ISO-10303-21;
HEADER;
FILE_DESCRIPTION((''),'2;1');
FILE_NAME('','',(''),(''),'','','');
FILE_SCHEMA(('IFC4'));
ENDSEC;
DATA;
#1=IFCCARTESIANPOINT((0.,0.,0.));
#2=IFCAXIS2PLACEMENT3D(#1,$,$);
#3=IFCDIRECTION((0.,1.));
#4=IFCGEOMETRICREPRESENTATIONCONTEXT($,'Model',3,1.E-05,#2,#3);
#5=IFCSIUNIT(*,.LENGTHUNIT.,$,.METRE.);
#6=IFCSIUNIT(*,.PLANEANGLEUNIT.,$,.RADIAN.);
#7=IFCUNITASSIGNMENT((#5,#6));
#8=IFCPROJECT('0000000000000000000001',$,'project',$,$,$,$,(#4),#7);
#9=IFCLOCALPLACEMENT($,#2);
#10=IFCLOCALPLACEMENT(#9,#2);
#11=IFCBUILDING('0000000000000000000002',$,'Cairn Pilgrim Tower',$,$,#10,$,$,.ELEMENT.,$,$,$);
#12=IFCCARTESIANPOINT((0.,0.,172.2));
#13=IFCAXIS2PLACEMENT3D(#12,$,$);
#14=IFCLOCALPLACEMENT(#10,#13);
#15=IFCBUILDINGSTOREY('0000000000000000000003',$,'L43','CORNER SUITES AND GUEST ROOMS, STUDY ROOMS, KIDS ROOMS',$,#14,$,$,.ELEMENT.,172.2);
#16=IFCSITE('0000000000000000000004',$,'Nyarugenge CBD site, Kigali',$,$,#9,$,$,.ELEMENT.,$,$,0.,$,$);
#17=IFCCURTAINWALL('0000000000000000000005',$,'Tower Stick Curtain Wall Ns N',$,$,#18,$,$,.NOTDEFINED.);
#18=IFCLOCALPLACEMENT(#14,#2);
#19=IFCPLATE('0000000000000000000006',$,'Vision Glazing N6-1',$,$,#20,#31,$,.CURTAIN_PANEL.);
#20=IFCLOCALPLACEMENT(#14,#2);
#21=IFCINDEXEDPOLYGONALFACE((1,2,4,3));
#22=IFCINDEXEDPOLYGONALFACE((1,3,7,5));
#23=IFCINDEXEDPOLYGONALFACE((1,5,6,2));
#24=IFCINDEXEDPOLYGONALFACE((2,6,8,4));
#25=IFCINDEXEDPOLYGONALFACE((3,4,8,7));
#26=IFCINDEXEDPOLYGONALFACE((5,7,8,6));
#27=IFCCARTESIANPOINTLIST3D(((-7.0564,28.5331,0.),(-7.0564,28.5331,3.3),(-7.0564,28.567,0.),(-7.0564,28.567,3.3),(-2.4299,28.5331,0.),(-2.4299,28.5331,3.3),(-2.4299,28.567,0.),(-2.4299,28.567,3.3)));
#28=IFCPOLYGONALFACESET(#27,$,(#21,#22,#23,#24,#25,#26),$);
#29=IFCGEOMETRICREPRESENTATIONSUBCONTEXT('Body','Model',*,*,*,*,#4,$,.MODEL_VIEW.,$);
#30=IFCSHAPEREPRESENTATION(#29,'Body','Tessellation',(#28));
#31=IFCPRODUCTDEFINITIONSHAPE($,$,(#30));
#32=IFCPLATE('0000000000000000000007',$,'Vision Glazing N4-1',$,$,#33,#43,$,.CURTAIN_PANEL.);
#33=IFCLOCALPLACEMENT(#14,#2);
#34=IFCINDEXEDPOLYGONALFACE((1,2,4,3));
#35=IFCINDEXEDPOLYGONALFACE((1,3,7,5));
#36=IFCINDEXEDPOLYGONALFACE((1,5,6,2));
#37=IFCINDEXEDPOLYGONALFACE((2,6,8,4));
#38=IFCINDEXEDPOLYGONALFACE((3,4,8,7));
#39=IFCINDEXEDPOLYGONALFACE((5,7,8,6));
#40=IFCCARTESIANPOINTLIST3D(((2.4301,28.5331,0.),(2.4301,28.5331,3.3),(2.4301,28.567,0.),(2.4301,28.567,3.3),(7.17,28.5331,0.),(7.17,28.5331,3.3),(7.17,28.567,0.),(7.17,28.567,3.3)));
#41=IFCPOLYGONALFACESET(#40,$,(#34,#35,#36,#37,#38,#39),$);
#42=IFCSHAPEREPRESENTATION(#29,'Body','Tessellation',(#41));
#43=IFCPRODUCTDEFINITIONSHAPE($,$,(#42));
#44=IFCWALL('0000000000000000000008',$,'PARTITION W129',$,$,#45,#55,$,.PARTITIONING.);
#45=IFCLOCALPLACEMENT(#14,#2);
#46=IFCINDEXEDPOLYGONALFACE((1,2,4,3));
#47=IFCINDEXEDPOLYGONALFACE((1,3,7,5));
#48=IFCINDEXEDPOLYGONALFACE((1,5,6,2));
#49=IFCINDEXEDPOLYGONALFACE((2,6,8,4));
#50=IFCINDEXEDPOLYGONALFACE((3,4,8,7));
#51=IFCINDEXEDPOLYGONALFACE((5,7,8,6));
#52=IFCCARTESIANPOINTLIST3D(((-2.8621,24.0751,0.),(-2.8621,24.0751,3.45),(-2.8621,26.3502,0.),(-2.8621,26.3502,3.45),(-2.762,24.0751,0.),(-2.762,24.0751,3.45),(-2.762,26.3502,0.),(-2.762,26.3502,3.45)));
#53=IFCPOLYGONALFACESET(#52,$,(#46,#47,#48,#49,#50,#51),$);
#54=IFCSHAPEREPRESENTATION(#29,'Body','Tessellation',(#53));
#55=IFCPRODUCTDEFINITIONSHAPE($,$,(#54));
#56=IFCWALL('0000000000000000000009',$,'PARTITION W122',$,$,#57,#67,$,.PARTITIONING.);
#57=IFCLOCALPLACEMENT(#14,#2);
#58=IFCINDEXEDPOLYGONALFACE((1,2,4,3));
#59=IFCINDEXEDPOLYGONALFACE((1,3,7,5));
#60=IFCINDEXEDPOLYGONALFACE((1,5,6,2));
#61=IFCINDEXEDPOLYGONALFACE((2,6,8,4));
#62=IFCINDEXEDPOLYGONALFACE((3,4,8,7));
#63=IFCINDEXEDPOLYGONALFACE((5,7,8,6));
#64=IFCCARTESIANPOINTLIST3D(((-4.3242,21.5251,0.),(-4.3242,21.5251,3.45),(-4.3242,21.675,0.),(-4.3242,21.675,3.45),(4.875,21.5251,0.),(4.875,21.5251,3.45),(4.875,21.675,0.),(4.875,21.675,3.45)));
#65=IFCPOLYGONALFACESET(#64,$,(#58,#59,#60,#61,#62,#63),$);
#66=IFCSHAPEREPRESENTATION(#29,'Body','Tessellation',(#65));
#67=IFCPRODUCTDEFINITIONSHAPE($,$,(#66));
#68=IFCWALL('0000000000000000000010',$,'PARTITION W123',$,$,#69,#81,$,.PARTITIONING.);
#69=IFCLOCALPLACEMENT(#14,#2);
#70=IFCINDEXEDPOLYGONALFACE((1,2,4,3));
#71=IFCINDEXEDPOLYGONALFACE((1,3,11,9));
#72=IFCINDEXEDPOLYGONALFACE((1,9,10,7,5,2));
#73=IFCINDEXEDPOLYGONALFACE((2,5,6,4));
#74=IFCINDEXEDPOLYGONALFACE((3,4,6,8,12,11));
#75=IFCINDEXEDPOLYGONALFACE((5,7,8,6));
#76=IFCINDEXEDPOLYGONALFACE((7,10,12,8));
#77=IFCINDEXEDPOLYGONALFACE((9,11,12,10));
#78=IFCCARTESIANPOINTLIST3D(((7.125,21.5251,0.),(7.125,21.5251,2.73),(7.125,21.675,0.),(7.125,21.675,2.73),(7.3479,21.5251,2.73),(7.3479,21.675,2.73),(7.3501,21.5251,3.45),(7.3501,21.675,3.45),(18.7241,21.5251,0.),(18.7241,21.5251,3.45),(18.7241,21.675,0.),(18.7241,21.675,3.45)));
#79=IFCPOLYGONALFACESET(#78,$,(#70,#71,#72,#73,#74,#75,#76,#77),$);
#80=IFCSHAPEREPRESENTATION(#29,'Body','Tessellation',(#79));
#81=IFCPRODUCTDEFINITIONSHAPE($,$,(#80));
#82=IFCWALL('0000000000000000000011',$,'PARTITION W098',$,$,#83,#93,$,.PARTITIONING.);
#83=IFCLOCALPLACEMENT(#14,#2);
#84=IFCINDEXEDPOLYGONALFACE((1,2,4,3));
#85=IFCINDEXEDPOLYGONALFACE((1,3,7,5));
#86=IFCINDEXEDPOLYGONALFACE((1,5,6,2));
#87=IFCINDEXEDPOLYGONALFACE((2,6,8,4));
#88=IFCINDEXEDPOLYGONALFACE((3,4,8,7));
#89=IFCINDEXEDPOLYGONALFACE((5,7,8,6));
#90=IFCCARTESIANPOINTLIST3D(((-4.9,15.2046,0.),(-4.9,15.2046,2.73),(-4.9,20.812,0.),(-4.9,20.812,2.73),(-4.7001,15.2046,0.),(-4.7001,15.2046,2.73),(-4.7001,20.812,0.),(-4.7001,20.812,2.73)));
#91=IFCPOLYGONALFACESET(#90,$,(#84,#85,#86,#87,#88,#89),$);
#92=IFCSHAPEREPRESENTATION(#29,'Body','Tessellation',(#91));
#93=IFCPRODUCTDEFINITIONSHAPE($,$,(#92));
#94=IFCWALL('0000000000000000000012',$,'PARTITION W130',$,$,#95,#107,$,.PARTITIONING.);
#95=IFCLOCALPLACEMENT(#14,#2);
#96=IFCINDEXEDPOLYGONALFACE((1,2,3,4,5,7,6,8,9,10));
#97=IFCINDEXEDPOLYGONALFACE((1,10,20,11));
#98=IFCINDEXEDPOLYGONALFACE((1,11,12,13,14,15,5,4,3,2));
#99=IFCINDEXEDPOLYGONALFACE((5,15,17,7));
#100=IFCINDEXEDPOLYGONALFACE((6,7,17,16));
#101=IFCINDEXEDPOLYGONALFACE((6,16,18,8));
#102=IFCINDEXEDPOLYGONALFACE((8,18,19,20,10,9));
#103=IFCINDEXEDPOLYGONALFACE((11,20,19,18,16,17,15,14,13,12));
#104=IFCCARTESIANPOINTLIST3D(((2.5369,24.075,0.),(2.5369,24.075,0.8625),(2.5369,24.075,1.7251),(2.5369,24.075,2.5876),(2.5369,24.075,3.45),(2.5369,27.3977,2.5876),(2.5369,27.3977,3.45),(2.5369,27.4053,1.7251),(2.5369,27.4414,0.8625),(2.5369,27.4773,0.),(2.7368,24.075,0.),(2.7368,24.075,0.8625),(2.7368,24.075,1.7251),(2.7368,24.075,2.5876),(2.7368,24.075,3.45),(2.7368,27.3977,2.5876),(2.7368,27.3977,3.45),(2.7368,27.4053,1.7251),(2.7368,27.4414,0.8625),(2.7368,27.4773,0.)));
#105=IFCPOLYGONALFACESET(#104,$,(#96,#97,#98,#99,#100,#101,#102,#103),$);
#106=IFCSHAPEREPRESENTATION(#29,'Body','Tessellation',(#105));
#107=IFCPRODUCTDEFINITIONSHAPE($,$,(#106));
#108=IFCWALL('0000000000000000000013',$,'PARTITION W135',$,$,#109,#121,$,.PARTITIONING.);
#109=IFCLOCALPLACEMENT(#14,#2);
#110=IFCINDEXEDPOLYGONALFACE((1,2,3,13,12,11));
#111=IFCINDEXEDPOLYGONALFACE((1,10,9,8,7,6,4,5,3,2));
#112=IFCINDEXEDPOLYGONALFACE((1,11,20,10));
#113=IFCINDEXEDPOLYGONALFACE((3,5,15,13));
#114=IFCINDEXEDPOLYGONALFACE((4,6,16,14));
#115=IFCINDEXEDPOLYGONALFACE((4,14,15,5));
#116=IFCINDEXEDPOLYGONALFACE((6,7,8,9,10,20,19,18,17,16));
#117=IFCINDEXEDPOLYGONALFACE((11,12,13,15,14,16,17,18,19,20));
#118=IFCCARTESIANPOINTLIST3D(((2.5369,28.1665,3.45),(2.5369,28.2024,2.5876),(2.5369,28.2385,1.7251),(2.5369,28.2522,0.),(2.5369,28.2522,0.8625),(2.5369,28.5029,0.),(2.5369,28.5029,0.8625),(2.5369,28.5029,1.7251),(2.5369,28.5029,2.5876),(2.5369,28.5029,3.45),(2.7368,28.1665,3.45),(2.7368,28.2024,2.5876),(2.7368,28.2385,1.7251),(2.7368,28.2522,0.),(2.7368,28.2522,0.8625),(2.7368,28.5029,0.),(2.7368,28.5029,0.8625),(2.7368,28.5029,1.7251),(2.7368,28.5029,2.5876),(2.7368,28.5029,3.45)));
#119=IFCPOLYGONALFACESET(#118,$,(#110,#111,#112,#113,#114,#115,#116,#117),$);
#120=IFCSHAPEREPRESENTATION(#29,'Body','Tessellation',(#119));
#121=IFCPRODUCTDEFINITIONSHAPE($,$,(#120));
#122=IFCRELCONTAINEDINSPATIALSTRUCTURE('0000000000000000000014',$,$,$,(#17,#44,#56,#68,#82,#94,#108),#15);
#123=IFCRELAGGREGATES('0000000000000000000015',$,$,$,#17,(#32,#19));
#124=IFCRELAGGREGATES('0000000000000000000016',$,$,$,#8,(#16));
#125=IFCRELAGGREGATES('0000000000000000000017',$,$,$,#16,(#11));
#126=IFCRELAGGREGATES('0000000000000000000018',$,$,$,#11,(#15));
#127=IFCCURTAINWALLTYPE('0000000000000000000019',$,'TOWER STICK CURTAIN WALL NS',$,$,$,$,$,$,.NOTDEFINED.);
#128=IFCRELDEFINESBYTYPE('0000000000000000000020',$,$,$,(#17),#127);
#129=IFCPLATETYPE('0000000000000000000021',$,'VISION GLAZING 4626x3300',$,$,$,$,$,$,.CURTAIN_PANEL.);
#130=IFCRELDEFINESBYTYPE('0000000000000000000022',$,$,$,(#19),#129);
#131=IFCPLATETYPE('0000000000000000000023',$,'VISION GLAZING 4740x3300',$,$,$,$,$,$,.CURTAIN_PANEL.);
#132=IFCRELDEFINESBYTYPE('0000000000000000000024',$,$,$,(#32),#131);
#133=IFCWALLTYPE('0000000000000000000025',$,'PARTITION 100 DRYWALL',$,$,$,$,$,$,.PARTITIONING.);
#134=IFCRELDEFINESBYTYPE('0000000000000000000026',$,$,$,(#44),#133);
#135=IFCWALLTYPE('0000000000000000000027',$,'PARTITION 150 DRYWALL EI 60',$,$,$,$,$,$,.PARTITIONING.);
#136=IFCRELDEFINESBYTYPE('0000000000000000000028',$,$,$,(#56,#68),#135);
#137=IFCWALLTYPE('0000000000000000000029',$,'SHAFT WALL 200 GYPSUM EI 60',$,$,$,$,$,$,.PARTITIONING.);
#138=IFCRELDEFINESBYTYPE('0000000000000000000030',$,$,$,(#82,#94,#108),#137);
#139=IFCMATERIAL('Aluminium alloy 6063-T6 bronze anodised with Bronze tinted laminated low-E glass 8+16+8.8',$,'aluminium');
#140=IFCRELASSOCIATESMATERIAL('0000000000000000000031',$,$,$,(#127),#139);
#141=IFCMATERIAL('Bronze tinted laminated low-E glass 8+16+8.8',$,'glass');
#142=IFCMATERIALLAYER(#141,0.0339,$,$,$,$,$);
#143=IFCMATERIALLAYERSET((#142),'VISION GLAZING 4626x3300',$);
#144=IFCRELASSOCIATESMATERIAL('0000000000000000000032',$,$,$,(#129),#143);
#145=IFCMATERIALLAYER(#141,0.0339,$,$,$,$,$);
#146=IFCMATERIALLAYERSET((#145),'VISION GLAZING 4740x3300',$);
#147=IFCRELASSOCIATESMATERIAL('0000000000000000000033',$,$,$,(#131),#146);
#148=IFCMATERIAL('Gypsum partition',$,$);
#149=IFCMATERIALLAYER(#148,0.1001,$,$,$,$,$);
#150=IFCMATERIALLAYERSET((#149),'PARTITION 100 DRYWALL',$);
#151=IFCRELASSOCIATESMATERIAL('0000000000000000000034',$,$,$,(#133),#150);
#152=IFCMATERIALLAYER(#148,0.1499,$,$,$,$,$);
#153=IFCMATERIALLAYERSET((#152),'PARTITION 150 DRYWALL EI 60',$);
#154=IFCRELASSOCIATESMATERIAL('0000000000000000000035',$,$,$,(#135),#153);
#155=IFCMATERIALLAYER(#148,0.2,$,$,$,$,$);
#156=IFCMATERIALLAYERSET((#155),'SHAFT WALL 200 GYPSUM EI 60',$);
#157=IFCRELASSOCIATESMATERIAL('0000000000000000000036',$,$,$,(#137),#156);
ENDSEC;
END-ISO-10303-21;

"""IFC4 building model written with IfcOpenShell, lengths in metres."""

from ifc_helpers import new_model, si_unit, direction, frame, frame_2d, origin, origin_2d, place, context, subcontext, project, spatial, polyline, rectangle, outline, extrude, material, layer, layer_set, type_object, element, aggregate, save


model = new_model("IFC4")

# Units and contexts
model_context = context("Model", 3, precision=1e-05, world=origin(), true_north=direction((0.0, 1.0)))
body_context = subcontext(model_context, "Body", "Model", "MODEL_VIEW")
ifc_project = project(units=[si_unit("LENGTHUNIT", "METRE"), si_unit("PLANEANGLEUNIT", "RADIAN")], contexts=[model_context])

# Site, building, storey
site_placement = place(None, origin())
site = spatial("IfcSite", under=ifc_project, at=site_placement, Name="Nyarugenge CBD site, Kigali", CompositionType="ELEMENT", RefElevation=0.0)
building_placement = place(site_placement, origin())
building = spatial("IfcBuilding", under=site, at=building_placement, Name="Cairn Pilgrim Tower", CompositionType="ELEMENT")
storey_placement = place(building_placement, frame((0.0, 0.0, 172.2)))
storey = spatial("IfcBuildingStorey", under=building, at=storey_placement, Name="L43", Description="CORNER SUITES AND GUEST ROOMS, STUDY ROOMS, KIDS ROOMS", CompositionType="ELEMENT", Elevation=172.2)

# Curtain wall
ifc_material_1 = material(Name="Aluminium alloy 6063-T6 bronze anodised with Bronze tinted laminated low-E glass 8+16+8.8", Category="aluminium")
curtain_wall_type = type_object("IfcCurtainWallType", Name="TOWER STICK CURTAIN WALL NS", PredefinedType="NOTDEFINED", material=ifc_material_1)
curtain_wall_placement = place(storey_placement, origin())
curtain_wall = element("IfcCurtainWall", 1, at=curtain_wall_placement, inside=storey, type_object=curtain_wall_type, Name="Tower Stick Curtain Wall Ns N", PredefinedType="NOTDEFINED")

# Plates
ifc_material_2 = material(Name="Bronze tinted laminated low-E glass 8+16+8.8", Category="glass")
ifc_layer_1 = layer(ifc_material_2, 0.0339)
ifc_layer_set_1 = layer_set([ifc_layer_1], Name="VISION GLAZING 4626x3300")
plate_type_1 = type_object("IfcPlateType", Name="VISION GLAZING 4626x3300", PredefinedType="CURTAIN_PANEL", material=ifc_layer_set_1)
plate_1_placement = place(storey_placement, frame((-4.7432, 28.55, 0.0), z_axis=(0.0, 0.0, 1.0), x_axis=(-1.0, 0.0, 0.0)))
plate_1 = element("IfcPlate", 2, at=plate_1_placement, type_object=plate_type_1, Name="Vision Glazing N6-1", PredefinedType="CURTAIN_PANEL", context=body_context, shape_type="SweptSolid", body=[
    extrude(rectangle(XDim=4.6265, YDim=0.0339, at=origin_2d()), origin(), (0.0, 0.0, 1.0), 3.3),
])
ifc_layer_2 = layer(ifc_material_2, 0.0339)
ifc_layer_set_2 = layer_set([ifc_layer_2], Name="VISION GLAZING 4740x3300")
plate_type_2 = type_object("IfcPlateType", Name="VISION GLAZING 4740x3300", PredefinedType="CURTAIN_PANEL", material=ifc_layer_set_2)
plate_2_placement = place(storey_placement, frame((4.8, 28.55, 0.0), z_axis=(0.0, 0.0, 1.0), x_axis=(-1.0, 0.0, 0.0)))
plate_2 = element("IfcPlate", 3, at=plate_2_placement, type_object=plate_type_2, Name="Vision Glazing N4-1", PredefinedType="CURTAIN_PANEL", context=body_context, shape_type="SweptSolid", body=[
    extrude(rectangle(XDim=4.74, YDim=0.0339, at=origin_2d()), origin(), (0.0, 0.0, 1.0), 3.3),
])
aggregate(curtain_wall, [plate_2, plate_1])

# Walls
ifc_material_3 = material(Name="Gypsum partition")
ifc_layer_3 = layer(ifc_material_3, 0.1001)
ifc_layer_set_3 = layer_set([ifc_layer_3], Name="PARTITION 100 DRYWALL")
wall_type_1 = type_object("IfcWallType", Name="PARTITION 100 DRYWALL", PredefinedType="PARTITIONING", material=ifc_layer_set_3)
wall_1_placement = place(storey_placement, frame((-2.812, 24.075, 0.0), z_axis=(0.0, 0.0, 1.0), x_axis=(0.0, 1.0, 0.0)))
element("IfcWall", 4, at=wall_1_placement, inside=storey, type_object=wall_type_1, Name="PARTITION W129", PredefinedType="PARTITIONING", context=body_context, shape_type="SweptSolid", body=[
    extrude(rectangle(XDim=2.2751, YDim=0.1001, at=frame_2d((1.1377, 0.0))), origin(), (0.0, 0.0, 1.0), 3.45),
])
ifc_layer_4 = layer(ifc_material_3, 0.1499)
ifc_layer_set_4 = layer_set([ifc_layer_4], Name="PARTITION 150 DRYWALL EI 60")
wall_type_2 = type_object("IfcWallType", Name="PARTITION 150 DRYWALL EI 60", PredefinedType="PARTITIONING", material=ifc_layer_set_4)
wall_2_placement = place(storey_placement, frame((-4.3242, 21.6001, 0.0), z_axis=(0.0, 0.0, 1.0), x_axis=(1.0, 0.0, 0.0)))
element("IfcWall", 5, at=wall_2_placement, inside=storey, type_object=wall_type_2, Name="PARTITION W122", PredefinedType="PARTITIONING", context=body_context, shape_type="SweptSolid", body=[
    extrude(rectangle(XDim=9.1992, YDim=0.1499, at=frame_2d((4.5996, 0.0))), origin(), (0.0, 0.0, 1.0), 3.45),
])
wall_3_placement = place(storey_placement, frame((7.125, 21.6001, 0.0), z_axis=(0.0, 0.0, 1.0), x_axis=(1.0, 0.0, 0.0)))
element("IfcWall", 6, at=wall_3_placement, inside=storey, type_object=wall_type_2, Name="PARTITION W123", PredefinedType="PARTITIONING", context=body_context, shape_type="SweptSolid", body=[
    extrude(outline(polyline([(0.0, 0.0), (11.5991, 0.0), (11.5991, 3.45), (0.2251, 3.45), (0.2229, 2.73), (0.0, 2.73), (0.0, 0.0)])), frame((0.0, 0.075, 0.0), z_axis=(0.0, -1.0, 0.0), x_axis=(1.0, 0.0, 0.0)), (0.0, 0.0, 1.0), 0.1499),
])
ifc_layer_5 = layer(ifc_material_3, 0.2)
ifc_layer_set_5 = layer_set([ifc_layer_5], Name="SHAFT WALL 200 GYPSUM EI 60")
wall_type_3 = type_object("IfcWallType", Name="SHAFT WALL 200 GYPSUM EI 60", PredefinedType="PARTITIONING", material=ifc_layer_set_5)
wall_4_placement = place(storey_placement, frame((-4.8, 15.2046, 0.0), z_axis=(0.0, 0.0, 1.0), x_axis=(0.0, 1.0, 0.0)))
element("IfcWall", 7, at=wall_4_placement, inside=storey, type_object=wall_type_3, Name="PARTITION W098", PredefinedType="PARTITIONING", context=body_context, shape_type="SweptSolid", body=[
    extrude(rectangle(XDim=5.6074, YDim=0.2, at=frame_2d((2.8037, 0.0))), origin(), (0.0, 0.0, 1.0), 2.73),
])
wall_5_placement = place(storey_placement, frame((2.637, 24.075, 0.0), z_axis=(0.0, 0.0, 1.0), x_axis=(0.0, 1.0, 0.0)))
element("IfcWall", 8, at=wall_5_placement, inside=storey, type_object=wall_type_3, Name="PARTITION W130", PredefinedType="PARTITIONING", context=body_context, shape_type="SweptSolid", body=[
    extrude(outline(polyline([(0.0, 0.0), (3.4023, 0.0), (3.3665, 0.8625), (3.3303, 1.7251), (3.3228, 2.5876), (3.3228, 3.45), (0.0, 3.45), (0.0, 2.5876), (0.0, 1.7251), (0.0, 0.8625), (0.0, 0.0)])), frame((0.0, 0.1001, 0.0), z_axis=(0.0, -1.0, 0.0), x_axis=(1.0, 0.0, 0.0)), (0.0, 0.0, 1.0), 0.2),
])
wall_6_placement = place(storey_placement, frame((2.637, 28.1665, 0.0), z_axis=(0.0, 0.0, 1.0), x_axis=(0.0, 1.0, 0.0)))
element("IfcWall", 9, at=wall_6_placement, inside=storey, type_object=wall_type_3, Name="PARTITION W135", PredefinedType="PARTITIONING", context=body_context, shape_type="SweptSolid", body=[
    extrude(outline(polyline([(0.0857, 0.0), (0.3364, 0.0), (0.3364, 0.8625), (0.3364, 1.7251), (0.3364, 2.5876), (0.3364, 3.45), (0.0, 3.45), (0.0359, 2.5876), (0.072, 1.7251), (0.0857, 0.8625), (0.0857, 0.0)])), frame((0.0, 0.1001, 0.0), z_axis=(0.0, -1.0, 0.0), x_axis=(1.0, 0.0, 0.0)), (0.0, 0.0, 1.0), 0.2),
])

save(model, "model.ifc")
